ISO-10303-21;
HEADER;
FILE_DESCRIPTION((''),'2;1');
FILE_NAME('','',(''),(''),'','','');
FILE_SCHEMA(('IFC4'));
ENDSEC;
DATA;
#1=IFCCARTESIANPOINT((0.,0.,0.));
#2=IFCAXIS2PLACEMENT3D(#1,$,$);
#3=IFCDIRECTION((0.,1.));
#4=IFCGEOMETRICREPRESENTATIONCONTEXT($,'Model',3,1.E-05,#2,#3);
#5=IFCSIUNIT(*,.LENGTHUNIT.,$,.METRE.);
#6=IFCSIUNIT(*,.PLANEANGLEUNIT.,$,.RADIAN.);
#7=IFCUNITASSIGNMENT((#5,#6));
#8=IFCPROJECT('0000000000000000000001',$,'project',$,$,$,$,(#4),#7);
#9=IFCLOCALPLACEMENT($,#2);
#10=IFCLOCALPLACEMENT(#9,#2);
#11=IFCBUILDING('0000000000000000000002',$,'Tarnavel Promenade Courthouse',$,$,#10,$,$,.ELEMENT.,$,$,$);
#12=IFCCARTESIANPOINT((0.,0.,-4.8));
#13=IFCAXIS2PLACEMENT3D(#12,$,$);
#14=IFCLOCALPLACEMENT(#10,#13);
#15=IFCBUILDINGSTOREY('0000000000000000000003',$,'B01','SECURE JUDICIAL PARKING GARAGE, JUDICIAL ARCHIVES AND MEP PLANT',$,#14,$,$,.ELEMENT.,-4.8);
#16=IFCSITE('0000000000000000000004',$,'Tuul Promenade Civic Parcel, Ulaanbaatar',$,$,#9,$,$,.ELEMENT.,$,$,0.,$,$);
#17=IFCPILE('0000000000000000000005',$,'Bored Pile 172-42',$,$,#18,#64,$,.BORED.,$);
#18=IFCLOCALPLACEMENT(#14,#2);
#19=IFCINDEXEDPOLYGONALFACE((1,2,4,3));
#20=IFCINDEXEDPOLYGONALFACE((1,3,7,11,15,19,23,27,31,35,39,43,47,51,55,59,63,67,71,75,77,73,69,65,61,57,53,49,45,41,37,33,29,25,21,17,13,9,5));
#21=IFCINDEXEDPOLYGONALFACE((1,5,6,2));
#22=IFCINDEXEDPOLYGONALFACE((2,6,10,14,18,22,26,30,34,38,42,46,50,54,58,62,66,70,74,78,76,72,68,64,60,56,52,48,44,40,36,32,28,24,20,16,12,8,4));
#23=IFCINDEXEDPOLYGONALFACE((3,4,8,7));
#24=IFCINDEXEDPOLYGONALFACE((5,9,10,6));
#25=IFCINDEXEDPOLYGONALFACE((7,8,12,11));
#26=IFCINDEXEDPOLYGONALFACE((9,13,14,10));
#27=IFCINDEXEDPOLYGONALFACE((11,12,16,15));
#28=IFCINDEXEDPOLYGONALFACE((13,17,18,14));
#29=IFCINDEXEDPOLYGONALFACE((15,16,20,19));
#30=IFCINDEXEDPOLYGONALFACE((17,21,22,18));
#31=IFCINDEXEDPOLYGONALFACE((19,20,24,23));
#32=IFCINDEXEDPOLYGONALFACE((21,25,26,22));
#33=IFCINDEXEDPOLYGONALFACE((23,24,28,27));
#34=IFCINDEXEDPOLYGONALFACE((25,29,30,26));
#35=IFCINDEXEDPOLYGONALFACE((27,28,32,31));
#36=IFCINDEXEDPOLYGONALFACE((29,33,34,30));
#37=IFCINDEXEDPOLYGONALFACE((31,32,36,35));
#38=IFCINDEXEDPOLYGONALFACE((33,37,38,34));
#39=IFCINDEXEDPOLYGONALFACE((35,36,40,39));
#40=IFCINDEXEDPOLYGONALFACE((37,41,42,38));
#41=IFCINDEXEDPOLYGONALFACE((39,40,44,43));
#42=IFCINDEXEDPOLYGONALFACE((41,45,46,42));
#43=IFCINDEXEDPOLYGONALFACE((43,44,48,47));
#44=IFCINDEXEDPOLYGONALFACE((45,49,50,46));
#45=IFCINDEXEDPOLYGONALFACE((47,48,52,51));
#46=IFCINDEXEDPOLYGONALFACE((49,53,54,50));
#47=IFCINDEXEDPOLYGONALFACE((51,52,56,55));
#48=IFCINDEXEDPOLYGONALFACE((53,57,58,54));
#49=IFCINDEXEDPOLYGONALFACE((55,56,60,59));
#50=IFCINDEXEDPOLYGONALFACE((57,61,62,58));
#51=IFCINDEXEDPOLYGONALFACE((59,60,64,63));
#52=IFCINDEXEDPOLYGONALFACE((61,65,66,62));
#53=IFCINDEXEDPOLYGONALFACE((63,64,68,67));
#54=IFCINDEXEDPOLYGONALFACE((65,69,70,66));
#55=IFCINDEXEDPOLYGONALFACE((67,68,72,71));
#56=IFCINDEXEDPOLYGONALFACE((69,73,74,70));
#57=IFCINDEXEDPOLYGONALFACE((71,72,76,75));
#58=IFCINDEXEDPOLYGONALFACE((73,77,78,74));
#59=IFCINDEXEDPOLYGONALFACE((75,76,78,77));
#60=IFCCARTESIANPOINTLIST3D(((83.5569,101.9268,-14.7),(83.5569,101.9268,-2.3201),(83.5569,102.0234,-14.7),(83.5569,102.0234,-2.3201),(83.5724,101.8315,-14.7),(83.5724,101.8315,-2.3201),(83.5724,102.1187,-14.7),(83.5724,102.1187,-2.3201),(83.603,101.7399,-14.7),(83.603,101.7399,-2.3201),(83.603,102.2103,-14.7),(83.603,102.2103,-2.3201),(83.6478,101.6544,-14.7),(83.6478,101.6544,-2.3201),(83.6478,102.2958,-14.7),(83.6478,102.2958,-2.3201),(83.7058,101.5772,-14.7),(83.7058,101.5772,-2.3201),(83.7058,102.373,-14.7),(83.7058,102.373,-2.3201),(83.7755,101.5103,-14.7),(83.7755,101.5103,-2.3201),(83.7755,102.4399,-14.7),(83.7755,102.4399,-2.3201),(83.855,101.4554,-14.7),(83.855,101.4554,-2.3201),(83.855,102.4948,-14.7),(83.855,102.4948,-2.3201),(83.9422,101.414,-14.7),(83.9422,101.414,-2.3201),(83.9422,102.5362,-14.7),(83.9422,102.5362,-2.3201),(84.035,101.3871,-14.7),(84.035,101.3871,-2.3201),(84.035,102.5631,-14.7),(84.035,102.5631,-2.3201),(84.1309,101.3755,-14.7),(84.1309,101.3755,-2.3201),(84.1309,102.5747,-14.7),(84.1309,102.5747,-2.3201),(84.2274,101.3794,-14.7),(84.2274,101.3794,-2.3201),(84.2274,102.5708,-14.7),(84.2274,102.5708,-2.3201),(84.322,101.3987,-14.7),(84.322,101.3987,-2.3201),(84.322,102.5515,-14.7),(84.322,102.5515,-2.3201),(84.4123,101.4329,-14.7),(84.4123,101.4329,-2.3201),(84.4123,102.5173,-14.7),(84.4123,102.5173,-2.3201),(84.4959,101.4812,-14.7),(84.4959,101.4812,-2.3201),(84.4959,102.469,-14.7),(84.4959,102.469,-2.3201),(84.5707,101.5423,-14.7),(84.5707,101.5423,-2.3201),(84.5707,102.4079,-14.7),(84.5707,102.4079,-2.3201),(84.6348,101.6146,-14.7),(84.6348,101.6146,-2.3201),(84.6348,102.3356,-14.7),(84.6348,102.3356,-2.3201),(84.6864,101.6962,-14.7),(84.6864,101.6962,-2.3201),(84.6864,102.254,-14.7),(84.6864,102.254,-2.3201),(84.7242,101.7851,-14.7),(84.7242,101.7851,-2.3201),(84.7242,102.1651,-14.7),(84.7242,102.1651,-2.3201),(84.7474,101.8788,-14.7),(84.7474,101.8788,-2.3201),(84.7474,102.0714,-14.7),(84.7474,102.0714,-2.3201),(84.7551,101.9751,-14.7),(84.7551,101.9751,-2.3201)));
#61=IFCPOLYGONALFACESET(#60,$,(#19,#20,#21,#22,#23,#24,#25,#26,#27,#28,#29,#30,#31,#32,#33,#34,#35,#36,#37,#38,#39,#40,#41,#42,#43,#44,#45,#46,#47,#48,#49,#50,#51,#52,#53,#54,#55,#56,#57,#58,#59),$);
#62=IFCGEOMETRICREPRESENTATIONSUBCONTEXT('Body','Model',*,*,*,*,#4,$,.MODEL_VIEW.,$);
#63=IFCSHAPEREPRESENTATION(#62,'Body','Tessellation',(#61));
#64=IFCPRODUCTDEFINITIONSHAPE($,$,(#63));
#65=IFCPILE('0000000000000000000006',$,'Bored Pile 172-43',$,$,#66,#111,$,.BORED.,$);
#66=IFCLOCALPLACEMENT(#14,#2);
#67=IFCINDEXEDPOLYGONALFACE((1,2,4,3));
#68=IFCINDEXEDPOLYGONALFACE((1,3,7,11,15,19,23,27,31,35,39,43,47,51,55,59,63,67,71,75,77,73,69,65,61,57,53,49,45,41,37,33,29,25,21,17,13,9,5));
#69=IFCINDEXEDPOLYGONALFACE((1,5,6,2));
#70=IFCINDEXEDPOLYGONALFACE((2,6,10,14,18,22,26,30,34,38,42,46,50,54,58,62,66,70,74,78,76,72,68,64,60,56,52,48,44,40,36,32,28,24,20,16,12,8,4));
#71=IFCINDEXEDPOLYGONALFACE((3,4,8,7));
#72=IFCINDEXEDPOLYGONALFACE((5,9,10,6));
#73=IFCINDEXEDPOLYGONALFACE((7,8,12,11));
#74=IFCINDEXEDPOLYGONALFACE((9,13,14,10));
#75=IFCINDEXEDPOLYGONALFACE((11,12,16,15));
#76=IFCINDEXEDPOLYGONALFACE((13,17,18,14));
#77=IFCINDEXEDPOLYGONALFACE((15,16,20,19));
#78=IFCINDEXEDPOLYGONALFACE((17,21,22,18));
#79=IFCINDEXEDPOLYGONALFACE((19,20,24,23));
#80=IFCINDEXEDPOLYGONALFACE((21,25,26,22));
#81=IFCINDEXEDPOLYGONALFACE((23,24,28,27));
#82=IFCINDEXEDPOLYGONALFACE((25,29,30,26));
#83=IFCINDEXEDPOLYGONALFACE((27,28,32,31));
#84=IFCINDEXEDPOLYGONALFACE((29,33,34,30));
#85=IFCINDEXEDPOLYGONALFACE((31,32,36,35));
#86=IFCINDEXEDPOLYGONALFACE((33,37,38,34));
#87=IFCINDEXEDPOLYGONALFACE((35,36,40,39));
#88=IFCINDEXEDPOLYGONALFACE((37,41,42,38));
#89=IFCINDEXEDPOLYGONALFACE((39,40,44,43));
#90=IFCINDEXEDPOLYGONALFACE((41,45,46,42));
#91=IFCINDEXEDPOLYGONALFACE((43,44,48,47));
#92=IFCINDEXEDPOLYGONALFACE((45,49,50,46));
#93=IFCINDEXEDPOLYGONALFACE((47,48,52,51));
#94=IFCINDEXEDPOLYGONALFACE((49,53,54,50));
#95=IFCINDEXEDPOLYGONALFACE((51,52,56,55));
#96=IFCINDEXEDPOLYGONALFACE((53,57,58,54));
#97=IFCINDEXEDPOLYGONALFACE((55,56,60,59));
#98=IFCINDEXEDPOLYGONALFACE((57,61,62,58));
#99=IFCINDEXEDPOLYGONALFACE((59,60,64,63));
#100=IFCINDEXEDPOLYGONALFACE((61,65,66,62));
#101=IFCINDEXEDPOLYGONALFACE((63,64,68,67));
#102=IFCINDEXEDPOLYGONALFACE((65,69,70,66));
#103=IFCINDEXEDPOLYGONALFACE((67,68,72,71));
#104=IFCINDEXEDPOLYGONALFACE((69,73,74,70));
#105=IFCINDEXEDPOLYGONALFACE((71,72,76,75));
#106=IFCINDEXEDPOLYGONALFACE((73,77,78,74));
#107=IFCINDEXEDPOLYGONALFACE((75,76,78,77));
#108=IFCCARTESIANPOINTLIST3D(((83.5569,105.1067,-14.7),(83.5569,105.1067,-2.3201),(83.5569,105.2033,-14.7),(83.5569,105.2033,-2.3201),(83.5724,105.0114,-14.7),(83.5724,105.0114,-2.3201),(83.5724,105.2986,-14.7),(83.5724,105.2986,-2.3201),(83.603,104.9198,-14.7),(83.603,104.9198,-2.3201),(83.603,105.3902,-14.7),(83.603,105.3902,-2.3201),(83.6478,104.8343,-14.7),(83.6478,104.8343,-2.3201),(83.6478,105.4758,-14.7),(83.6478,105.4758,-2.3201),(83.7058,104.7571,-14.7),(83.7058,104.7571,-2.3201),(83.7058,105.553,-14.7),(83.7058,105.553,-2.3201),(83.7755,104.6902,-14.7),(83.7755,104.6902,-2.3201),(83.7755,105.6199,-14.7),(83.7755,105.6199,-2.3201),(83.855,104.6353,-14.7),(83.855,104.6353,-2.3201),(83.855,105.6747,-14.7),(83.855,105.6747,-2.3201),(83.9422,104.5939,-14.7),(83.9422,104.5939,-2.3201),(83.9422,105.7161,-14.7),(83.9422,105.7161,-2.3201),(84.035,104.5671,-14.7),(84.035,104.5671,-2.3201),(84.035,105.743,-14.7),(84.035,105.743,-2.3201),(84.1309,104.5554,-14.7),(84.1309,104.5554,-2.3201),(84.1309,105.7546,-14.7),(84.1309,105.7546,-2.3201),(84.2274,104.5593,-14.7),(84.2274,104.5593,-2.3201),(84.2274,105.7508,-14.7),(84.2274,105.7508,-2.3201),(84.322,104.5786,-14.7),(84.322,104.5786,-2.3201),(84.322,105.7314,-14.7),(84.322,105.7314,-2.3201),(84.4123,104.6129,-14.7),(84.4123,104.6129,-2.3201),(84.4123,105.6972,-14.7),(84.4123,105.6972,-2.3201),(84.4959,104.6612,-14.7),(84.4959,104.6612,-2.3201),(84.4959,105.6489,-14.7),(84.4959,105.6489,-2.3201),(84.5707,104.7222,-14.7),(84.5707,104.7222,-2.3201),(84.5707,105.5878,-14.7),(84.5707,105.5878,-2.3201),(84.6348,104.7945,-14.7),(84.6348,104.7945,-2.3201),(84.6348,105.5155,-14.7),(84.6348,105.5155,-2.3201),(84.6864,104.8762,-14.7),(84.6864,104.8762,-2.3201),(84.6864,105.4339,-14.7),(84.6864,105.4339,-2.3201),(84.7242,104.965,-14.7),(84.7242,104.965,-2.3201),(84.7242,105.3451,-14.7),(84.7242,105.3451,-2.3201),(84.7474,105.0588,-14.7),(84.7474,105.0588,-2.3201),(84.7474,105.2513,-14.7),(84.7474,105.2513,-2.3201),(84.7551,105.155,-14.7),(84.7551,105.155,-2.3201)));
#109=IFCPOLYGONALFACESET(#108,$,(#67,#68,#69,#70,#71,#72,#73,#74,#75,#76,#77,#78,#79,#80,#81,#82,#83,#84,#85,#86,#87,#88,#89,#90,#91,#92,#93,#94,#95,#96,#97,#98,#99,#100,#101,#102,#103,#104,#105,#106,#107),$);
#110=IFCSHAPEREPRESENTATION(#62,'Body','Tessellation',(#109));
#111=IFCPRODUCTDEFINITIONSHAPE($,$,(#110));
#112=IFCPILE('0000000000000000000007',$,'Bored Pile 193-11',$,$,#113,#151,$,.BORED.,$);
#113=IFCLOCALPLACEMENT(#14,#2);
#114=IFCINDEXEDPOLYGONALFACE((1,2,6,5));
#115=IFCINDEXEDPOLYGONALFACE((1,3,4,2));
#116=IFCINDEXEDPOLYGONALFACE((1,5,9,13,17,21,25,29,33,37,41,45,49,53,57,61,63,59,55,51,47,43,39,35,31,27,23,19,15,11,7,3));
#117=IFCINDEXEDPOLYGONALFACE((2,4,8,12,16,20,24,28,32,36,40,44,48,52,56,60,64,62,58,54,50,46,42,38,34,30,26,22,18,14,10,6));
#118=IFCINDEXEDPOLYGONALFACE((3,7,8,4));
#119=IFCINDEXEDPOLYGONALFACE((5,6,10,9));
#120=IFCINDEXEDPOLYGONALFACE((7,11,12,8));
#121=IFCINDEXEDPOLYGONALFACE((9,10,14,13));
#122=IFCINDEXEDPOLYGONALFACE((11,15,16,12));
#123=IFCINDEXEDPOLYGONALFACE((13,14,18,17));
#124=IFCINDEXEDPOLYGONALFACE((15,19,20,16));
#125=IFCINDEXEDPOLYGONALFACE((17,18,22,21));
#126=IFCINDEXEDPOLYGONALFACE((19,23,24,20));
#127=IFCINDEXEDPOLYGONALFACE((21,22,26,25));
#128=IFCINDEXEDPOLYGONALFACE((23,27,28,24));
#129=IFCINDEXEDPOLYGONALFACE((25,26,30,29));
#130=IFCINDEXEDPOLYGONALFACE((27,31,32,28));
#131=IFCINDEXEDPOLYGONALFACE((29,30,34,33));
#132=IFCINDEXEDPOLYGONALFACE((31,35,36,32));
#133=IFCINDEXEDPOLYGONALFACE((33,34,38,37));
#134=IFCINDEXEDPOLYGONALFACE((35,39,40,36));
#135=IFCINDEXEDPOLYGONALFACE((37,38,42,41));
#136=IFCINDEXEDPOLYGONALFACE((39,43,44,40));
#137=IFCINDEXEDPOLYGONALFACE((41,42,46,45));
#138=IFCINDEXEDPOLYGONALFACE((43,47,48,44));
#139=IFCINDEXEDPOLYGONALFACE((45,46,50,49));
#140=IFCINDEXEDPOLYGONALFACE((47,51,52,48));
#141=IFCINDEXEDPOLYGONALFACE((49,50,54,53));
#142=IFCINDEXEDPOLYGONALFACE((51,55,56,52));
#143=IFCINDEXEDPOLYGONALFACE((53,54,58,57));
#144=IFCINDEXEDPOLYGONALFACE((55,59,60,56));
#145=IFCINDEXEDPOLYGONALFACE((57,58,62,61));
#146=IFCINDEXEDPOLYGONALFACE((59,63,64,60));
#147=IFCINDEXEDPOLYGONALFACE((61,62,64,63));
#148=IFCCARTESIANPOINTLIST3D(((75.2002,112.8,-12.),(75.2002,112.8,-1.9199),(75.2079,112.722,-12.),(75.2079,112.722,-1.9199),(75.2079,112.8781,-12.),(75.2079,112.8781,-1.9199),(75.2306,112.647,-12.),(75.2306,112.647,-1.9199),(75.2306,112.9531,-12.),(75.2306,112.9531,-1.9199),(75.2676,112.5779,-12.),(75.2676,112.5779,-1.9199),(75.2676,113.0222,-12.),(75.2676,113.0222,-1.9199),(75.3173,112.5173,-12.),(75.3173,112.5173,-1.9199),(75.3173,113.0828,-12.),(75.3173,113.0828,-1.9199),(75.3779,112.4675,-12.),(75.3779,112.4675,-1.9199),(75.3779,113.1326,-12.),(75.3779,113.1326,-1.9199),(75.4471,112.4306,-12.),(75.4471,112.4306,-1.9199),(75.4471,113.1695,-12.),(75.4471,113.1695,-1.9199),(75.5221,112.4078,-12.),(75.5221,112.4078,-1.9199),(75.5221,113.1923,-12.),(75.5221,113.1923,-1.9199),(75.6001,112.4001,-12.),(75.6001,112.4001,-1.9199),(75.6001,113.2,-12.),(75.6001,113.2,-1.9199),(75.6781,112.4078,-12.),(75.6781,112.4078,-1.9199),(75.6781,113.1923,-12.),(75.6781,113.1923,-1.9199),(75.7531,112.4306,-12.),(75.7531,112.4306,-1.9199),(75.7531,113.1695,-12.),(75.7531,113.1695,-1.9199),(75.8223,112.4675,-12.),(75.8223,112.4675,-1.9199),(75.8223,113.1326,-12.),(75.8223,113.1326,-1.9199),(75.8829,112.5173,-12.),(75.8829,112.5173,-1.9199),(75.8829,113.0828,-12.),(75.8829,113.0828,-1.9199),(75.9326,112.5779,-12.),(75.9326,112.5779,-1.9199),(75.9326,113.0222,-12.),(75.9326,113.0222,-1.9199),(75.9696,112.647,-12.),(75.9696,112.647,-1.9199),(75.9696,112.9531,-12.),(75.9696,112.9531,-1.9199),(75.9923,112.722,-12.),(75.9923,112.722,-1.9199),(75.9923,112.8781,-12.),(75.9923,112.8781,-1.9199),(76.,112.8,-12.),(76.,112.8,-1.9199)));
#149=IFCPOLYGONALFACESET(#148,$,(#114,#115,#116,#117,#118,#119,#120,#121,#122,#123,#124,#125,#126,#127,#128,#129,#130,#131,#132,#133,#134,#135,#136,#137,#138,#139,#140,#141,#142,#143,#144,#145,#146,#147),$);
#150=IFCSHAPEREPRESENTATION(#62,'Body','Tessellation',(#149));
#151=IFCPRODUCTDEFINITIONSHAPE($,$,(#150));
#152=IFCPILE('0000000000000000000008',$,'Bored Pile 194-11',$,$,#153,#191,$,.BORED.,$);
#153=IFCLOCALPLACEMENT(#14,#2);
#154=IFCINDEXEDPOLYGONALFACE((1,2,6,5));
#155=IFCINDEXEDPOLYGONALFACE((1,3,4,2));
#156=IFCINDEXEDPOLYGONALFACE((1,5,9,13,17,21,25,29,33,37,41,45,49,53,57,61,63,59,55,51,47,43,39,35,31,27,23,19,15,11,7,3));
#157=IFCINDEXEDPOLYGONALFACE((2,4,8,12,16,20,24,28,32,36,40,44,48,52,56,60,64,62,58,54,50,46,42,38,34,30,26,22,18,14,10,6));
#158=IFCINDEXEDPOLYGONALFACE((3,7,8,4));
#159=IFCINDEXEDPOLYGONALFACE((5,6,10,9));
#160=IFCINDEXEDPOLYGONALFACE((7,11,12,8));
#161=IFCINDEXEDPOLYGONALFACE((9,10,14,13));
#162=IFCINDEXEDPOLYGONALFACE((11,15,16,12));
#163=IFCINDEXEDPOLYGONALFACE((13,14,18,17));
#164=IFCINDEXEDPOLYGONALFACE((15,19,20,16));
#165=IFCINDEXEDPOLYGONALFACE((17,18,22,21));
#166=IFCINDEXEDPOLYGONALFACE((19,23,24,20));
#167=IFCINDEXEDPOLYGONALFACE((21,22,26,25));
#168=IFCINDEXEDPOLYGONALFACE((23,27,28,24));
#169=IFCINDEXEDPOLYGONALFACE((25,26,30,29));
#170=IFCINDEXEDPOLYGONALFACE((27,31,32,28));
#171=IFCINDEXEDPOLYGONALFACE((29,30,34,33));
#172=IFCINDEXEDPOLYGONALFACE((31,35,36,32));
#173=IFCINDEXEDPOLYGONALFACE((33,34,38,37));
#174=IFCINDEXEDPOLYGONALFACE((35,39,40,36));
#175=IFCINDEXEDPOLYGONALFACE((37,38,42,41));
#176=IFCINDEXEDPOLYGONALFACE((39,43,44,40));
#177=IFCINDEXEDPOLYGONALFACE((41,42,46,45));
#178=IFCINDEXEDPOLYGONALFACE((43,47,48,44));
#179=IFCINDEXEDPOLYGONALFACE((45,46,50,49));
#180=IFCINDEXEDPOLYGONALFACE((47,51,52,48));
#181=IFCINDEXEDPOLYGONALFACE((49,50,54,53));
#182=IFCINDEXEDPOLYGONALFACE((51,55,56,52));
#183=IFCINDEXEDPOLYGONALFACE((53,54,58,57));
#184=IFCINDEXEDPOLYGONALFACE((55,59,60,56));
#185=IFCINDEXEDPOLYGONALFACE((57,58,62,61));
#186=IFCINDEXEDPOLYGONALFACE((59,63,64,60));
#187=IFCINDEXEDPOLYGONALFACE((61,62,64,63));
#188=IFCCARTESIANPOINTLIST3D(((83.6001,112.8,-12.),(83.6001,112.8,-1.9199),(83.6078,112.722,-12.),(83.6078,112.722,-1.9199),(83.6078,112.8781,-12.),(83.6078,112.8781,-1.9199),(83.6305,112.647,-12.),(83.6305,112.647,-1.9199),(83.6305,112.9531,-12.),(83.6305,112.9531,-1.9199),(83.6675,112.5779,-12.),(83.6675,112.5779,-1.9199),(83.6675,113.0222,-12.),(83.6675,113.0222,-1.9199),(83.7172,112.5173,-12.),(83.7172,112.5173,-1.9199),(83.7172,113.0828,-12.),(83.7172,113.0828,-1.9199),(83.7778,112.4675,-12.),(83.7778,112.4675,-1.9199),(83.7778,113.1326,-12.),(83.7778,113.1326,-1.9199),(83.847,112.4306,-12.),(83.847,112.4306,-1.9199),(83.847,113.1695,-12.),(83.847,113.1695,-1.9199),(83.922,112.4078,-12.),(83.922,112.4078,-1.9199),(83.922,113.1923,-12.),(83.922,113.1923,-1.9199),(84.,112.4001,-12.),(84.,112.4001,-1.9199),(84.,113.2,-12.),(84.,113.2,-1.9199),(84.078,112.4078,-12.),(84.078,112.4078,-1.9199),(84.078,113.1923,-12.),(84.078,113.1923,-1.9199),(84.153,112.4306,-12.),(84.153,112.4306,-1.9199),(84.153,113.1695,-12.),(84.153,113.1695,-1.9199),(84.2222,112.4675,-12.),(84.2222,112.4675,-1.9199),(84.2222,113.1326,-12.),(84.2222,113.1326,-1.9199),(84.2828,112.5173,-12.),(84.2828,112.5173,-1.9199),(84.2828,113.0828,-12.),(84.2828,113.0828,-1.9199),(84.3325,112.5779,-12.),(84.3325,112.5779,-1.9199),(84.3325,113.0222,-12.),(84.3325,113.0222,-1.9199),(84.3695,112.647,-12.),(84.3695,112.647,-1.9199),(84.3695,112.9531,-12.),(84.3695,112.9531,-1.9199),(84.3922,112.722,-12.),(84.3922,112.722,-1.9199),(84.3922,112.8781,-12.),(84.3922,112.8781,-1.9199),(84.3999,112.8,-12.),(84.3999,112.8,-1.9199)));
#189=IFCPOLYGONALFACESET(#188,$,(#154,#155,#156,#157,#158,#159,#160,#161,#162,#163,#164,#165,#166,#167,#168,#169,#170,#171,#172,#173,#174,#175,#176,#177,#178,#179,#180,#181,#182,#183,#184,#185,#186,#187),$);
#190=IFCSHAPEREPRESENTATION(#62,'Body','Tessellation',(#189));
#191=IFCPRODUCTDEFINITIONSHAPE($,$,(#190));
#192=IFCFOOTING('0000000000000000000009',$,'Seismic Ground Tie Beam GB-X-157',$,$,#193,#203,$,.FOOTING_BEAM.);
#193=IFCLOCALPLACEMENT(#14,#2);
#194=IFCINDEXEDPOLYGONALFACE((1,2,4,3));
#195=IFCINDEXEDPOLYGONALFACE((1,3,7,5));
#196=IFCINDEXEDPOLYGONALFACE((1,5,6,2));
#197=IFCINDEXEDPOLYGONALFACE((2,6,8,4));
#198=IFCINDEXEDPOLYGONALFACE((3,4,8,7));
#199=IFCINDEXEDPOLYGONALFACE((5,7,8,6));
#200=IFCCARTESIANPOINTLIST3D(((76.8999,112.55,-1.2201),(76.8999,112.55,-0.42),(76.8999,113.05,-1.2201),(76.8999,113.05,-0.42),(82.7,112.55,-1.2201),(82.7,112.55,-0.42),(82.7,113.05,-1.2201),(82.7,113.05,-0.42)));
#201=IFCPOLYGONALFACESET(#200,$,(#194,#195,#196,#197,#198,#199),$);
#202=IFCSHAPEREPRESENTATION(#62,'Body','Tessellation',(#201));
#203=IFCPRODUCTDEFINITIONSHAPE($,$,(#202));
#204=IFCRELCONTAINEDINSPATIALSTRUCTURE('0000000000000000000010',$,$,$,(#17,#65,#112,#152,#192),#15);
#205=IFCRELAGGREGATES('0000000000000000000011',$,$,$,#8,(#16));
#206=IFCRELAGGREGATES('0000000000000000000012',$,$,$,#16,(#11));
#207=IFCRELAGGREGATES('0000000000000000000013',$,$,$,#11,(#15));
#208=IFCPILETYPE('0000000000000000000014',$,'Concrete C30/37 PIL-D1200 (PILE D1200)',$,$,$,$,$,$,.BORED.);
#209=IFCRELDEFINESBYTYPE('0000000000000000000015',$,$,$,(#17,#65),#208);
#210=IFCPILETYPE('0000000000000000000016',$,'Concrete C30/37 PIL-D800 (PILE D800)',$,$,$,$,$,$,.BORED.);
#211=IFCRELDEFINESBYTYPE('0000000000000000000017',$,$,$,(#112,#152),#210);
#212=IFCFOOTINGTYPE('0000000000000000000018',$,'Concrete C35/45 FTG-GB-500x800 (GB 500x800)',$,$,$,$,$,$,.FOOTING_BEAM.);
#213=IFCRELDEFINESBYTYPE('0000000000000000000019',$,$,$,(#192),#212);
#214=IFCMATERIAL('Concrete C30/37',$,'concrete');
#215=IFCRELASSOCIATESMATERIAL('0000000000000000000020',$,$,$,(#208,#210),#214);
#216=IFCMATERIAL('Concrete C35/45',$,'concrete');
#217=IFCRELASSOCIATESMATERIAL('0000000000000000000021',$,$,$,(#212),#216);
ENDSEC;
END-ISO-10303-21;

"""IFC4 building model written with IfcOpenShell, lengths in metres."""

from ifc_helpers import new_model, si_unit, direction, frame, origin, origin_2d, place, context, subcontext, project, spatial, rectangle, circle, extrude, material, material_profile, profile_set, type_object, element, save


model = new_model("IFC4")

# Units and contexts
model_context = context("Model", 3, precision=1e-05, world=origin(), true_north=direction((0.0, 1.0)))
body_context = subcontext(model_context, "Body", "Model", "MODEL_VIEW")
ifc_project = project(units=[si_unit("LENGTHUNIT", "METRE"), si_unit("PLANEANGLEUNIT", "RADIAN")], contexts=[model_context])

# Site, building, storey
site_placement = place(None, origin())
site = spatial("IfcSite", under=ifc_project, at=site_placement, Name="Tuul Promenade Civic Parcel, Ulaanbaatar", CompositionType="ELEMENT", RefElevation=0.0)
building_placement = place(site_placement, origin())
building = spatial("IfcBuilding", under=site, at=building_placement, Name="Tarnavel Promenade Courthouse", CompositionType="ELEMENT")
storey_placement = place(building_placement, frame((0.0, 0.0, -4.8)))
storey = spatial("IfcBuildingStorey", under=building, at=storey_placement, Name="B01", Description="SECURE JUDICIAL PARKING GARAGE, JUDICIAL ARCHIVES AND MEP PLANT", CompositionType="ELEMENT", Elevation=-4.8)

# Piles
ifc_material_1 = material(Name="Concrete C30/37", Category="concrete")
ifc_material_profile_1 = material_profile(ifc_material_1, circle(Radius=0.6001, at=origin_2d()), Name="PILE D1200")
ifc_profile_set_1 = profile_set([ifc_material_profile_1], Name="Concrete C30/37")
pile_type_1 = type_object("IfcPileType", Name="Concrete C30/37 PIL-D1200 (PILE D1200)", PredefinedType="BORED", material=ifc_profile_set_1)
for number, where, z_axis, x_axis, name in (
    (1, (84.155, 101.9751, -2.3201), (0.0, 0.0, -1.0), (1.0, 0.0, 0.0), "Bored Pile 172-42"),
    (2, (84.155, 105.155, -2.3201), (0.0, 0.0, -1.0), (1.0, 0.0, 0.0), "Bored Pile 172-43"),
):
    element("IfcPile", number, at=place(storey_placement, frame(where, z_axis=z_axis, x_axis=x_axis)), inside=storey, type_object=pile_type_1, Name=name, PredefinedType="BORED", context=body_context, shape_type="SweptSolid", body=[
        extrude(circle(Radius=0.6001, at=origin_2d()), origin(), (0.0, 0.0, 1.0), 12.3799),
    ])
ifc_material_profile_2 = material_profile(ifc_material_1, circle(Radius=0.3999, at=origin_2d()), Name="PILE D800")
ifc_profile_set_2 = profile_set([ifc_material_profile_2], Name="Concrete C30/37")
pile_type_2 = type_object("IfcPileType", Name="Concrete C30/37 PIL-D800 (PILE D800)", PredefinedType="BORED", material=ifc_profile_set_2)
for number, where, z_axis, x_axis, name in (
    (3, (75.6001, 112.8, -1.9199), (0.0, 0.0, -1.0), (1.0, 0.0, 0.0), "Bored Pile 193-11"),
    (4, (84.0, 112.8, -1.9199), (0.0, 0.0, -1.0), (1.0, 0.0, 0.0), "Bored Pile 194-11"),
):
    element("IfcPile", number, at=place(storey_placement, frame(where, z_axis=z_axis, x_axis=x_axis)), inside=storey, type_object=pile_type_2, Name=name, PredefinedType="BORED", context=body_context, shape_type="SweptSolid", body=[
        extrude(circle(Radius=0.3999, at=origin_2d()), origin(), (0.0, 0.0, 1.0), 10.0801),
    ])

# Footing
ifc_material_2 = material(Name="Concrete C35/45", Category="concrete")
ifc_material_profile_3 = material_profile(ifc_material_2, rectangle(XDim=0.5, YDim=0.8, at=origin_2d()), Name="GB 500x800")
ifc_profile_set_3 = profile_set([ifc_material_profile_3], Name="Concrete C35/45")
footing_type_1 = type_object("IfcFootingType", Name="Concrete C35/45 FTG-GB-500x800 (GB 500x800)", PredefinedType="FOOTING_BEAM", material=ifc_profile_set_3)
footing_1_placement = place(storey_placement, frame((76.8999, 112.8, -0.8201), z_axis=(1.0, 0.0, 0.0), x_axis=(0.0, 1.0, 0.0)))
element("IfcFooting", 5, at=footing_1_placement, inside=storey, type_object=footing_type_1, Name="Seismic Ground Tie Beam GB-X-157", PredefinedType="FOOTING_BEAM", context=body_context, shape_type="SweptSolid", body=[
    extrude(rectangle(XDim=0.5, YDim=0.8, at=origin_2d()), origin(), (0.0, 0.0, 1.0), 5.8),
])

save(model, "model.ifc")
